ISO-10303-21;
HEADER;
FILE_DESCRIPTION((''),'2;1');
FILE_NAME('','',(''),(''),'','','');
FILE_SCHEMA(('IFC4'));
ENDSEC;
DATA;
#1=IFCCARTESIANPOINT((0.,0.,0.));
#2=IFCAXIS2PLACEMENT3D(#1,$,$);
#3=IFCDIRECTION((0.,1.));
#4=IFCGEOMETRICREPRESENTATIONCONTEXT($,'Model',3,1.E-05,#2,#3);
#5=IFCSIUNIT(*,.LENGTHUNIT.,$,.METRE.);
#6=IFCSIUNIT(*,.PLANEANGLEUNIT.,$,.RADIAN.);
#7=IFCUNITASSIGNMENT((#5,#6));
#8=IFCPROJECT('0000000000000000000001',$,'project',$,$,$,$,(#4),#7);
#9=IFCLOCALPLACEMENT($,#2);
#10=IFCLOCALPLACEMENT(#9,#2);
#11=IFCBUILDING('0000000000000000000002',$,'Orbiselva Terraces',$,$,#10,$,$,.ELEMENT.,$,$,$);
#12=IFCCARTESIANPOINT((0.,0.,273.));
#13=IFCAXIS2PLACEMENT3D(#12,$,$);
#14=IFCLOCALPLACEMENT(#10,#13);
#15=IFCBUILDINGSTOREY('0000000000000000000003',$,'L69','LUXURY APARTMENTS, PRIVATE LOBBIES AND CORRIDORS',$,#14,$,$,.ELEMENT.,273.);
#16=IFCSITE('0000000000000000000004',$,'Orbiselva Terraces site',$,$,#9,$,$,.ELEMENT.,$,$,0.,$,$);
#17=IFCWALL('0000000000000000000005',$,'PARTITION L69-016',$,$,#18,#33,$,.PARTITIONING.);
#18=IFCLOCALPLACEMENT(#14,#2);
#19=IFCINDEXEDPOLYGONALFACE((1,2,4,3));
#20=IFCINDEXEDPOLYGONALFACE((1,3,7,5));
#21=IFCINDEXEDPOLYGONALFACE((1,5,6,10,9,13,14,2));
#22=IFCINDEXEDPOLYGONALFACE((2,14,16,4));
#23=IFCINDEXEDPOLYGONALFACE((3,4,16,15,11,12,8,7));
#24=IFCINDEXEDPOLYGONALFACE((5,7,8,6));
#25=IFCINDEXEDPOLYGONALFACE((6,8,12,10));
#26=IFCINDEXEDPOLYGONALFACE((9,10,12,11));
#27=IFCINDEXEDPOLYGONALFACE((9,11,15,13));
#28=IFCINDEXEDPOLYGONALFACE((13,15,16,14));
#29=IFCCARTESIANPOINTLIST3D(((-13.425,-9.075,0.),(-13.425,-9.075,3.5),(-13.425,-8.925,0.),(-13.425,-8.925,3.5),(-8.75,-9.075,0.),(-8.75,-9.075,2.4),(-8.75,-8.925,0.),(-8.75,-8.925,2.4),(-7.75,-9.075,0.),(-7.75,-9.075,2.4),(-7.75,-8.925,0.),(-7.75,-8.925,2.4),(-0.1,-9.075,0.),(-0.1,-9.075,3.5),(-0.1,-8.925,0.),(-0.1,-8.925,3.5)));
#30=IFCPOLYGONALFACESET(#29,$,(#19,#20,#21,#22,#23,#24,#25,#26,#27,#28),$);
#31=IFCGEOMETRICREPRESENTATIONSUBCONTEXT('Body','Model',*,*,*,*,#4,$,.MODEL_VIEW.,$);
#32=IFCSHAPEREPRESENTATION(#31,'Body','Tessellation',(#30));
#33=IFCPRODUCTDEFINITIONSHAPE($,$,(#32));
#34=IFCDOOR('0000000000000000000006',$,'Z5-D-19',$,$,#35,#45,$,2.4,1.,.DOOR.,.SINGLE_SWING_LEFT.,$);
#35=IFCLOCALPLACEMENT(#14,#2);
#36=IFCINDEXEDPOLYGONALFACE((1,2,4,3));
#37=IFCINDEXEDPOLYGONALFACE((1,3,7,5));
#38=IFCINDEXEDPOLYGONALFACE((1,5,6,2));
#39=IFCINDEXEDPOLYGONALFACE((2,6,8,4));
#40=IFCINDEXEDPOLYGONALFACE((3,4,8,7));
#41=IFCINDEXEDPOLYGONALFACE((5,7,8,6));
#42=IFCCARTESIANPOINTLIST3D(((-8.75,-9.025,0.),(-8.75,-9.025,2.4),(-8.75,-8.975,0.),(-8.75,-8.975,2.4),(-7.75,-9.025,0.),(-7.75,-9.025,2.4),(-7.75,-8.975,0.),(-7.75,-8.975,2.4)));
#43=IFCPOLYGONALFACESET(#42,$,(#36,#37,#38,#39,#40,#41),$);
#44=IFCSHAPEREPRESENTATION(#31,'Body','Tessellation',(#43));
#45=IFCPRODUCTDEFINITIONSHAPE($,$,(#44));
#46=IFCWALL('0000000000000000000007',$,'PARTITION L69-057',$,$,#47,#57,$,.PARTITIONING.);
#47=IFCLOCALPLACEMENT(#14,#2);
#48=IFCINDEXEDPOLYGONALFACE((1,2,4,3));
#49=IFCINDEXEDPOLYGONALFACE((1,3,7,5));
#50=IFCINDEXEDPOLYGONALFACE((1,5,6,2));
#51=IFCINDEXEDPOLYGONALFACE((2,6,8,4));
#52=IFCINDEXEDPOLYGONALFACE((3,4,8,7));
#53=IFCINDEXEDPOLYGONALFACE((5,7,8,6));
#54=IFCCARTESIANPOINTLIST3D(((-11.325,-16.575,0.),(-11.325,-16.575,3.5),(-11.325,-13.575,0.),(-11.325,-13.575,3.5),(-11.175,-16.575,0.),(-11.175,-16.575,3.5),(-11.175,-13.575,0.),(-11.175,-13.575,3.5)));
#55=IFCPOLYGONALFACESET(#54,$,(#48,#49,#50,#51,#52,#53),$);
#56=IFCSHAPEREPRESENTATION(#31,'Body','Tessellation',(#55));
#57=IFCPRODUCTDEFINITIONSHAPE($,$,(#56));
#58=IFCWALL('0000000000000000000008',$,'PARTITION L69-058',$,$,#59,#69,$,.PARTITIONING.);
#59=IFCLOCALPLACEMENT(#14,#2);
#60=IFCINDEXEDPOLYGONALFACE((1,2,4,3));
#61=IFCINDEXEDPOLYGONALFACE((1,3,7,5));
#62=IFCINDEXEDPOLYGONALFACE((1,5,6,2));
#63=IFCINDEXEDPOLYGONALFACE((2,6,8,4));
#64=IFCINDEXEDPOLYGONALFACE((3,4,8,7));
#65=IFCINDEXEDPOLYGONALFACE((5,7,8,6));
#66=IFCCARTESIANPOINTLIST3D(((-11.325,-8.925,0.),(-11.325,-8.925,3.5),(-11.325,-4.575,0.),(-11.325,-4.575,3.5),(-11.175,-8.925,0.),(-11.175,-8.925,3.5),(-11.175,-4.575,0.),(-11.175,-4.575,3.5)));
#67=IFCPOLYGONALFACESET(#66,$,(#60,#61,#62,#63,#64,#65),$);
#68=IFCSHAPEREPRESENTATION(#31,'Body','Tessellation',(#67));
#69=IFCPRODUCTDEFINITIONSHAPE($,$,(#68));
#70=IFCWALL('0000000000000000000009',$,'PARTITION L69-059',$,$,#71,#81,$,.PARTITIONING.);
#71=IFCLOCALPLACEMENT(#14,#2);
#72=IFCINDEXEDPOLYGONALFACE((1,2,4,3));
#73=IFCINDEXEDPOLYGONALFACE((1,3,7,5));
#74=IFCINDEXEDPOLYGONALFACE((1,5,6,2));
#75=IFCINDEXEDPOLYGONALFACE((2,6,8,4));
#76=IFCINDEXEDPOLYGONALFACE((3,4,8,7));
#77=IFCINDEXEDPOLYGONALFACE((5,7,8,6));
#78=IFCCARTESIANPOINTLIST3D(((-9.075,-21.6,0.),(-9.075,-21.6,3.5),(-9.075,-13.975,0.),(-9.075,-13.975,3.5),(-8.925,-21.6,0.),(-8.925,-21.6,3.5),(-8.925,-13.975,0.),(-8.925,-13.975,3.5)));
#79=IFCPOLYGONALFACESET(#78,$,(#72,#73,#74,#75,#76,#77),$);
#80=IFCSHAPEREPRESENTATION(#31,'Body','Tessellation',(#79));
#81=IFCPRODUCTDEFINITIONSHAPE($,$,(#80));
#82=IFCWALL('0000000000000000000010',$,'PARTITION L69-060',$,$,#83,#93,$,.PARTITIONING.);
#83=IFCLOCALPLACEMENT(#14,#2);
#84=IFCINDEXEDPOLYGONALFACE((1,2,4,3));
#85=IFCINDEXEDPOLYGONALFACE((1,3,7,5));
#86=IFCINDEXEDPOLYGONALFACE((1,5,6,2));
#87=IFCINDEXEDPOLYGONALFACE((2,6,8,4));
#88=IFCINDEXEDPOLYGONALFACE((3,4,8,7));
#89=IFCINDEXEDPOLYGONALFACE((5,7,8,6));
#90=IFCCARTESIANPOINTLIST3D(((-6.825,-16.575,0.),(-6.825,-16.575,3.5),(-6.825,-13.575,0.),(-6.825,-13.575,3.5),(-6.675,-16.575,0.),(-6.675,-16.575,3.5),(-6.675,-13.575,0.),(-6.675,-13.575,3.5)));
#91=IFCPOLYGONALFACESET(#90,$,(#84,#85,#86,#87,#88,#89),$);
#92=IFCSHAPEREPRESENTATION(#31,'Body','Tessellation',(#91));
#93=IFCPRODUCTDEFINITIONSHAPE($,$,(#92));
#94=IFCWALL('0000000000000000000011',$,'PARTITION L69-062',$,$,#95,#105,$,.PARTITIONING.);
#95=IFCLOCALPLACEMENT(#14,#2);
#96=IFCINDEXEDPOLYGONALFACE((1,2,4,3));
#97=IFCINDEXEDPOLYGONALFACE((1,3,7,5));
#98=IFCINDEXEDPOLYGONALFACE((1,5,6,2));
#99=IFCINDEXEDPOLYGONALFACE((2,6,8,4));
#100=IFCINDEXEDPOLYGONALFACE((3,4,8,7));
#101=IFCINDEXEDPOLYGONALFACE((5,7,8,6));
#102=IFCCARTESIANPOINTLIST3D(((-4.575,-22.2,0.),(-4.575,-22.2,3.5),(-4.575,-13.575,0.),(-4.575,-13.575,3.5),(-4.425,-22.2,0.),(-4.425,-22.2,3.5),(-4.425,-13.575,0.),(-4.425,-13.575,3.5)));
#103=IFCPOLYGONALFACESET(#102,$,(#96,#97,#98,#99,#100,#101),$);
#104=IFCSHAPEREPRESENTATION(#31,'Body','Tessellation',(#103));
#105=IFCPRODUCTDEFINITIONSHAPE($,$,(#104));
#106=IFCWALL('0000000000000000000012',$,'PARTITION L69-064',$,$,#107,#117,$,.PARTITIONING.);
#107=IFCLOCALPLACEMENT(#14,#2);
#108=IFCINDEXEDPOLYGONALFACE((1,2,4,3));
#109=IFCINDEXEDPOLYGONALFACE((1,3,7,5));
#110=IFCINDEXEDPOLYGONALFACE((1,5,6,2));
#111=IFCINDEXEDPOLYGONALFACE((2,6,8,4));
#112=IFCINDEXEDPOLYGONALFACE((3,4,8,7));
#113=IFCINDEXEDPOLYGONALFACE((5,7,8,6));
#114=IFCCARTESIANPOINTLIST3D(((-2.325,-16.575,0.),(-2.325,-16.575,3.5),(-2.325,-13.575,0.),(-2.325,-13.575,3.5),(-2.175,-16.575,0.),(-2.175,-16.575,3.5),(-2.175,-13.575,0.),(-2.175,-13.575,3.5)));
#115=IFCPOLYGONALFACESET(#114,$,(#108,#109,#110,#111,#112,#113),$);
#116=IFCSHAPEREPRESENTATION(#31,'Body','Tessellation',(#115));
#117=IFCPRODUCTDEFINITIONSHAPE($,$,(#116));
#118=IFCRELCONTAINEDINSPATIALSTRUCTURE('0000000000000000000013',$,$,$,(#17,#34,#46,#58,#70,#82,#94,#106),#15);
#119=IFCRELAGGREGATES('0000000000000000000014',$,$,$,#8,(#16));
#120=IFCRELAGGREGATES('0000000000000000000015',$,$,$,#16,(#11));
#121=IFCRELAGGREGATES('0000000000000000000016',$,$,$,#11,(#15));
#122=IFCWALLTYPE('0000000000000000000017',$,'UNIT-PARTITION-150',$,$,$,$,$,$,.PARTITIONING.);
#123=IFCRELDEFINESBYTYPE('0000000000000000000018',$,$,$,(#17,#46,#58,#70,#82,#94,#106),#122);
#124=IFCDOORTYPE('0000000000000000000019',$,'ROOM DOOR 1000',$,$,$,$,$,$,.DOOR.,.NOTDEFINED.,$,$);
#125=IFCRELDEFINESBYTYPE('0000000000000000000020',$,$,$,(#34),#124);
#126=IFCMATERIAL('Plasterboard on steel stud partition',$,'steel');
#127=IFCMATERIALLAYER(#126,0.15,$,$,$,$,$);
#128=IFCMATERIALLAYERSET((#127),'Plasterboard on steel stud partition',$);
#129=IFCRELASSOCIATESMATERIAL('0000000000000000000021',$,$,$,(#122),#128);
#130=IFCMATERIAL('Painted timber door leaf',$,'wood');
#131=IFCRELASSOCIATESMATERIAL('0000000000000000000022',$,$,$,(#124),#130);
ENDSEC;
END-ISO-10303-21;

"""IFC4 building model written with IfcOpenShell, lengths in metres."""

from ifc_helpers import new_model, si_unit, direction, frame, frame_2d, origin, place, context, subcontext, project, spatial, rectangle, extrude, material, layer, layer_set, type_object, element, fill, save


model = new_model("IFC4")

# Units and contexts
model_context = context("Model", 3, precision=1e-05, world=origin(), true_north=direction((0.0, 1.0)))
body_context = subcontext(model_context, "Body", "Model", "MODEL_VIEW")
ifc_project = project(units=[si_unit("LENGTHUNIT", "METRE"), si_unit("PLANEANGLEUNIT", "RADIAN")], contexts=[model_context])

# Site, building, storey
site_placement = place(None, origin())
site = spatial("IfcSite", under=ifc_project, at=site_placement, Name="Orbiselva Terraces site", CompositionType="ELEMENT", RefElevation=0.0)
building_placement = place(site_placement, origin())
building = spatial("IfcBuilding", under=site, at=building_placement, Name="Orbiselva Terraces", CompositionType="ELEMENT")
storey_placement = place(building_placement, frame((0.0, 0.0, 273.0)))
storey = spatial("IfcBuildingStorey", under=building, at=storey_placement, Name="L69", Description="LUXURY APARTMENTS, PRIVATE LOBBIES AND CORRIDORS", CompositionType="ELEMENT", Elevation=273.0)

# Shared definitions
ifc_material_1 = material(Name="Plasterboard on steel stud partition", Category="steel")
ifc_layer_1 = layer(ifc_material_1, 0.15)
ifc_layer_set_1 = layer_set([ifc_layer_1], Name="Plasterboard on steel stud partition")
wall_type_1 = type_object("IfcWallType", Name="UNIT-PARTITION-150", PredefinedType="PARTITIONING", material=ifc_layer_set_1)
ifc_material_2 = material(Name="Painted timber door leaf", Category="wood")

# Shared definitions
door_type_1 = type_object("IfcDoorType", Name="ROOM DOOR 1000", OperationType="NOTDEFINED", PredefinedType="DOOR", material=ifc_material_2)

# Wall, opening, door
wall_1_placement = place(storey_placement, frame((-13.425, -9.0, 0.0), z_axis=(0.0, 0.0, 1.0), x_axis=(1.0, 0.0, 0.0)))
wall_1 = element("IfcWall", 1, at=wall_1_placement, inside=storey, type_object=wall_type_1, Name="PARTITION L69-016", PredefinedType="PARTITIONING", context=body_context, shape_type="SweptSolid", body=[
    extrude(rectangle(XDim=13.325, YDim=0.15, at=frame_2d((6.6625, 0.0))), origin(), (0.0, 0.0, 1.0), 3.5),
])
opening_1_placement = place(wall_1_placement, frame((4.675, 0.0, 0.0)))
opening_1 = element("IfcOpeningElement", 2, at=opening_1_placement, cuts=wall_1, PredefinedType="OPENING", context=body_context, shape_type="SweptSolid", body=[
    extrude(rectangle(XDim=1.0, YDim=2.4, at=frame_2d((0.5, 1.2))), frame((0.0, 0.085, 0.0), z_axis=(0.0, -1.0, 0.0), x_axis=(1.0, 0.0, 0.0)), (0.0, 0.0, 1.0), 0.17),
])
door_1_placement = place(opening_1_placement, origin())
door_1 = element("IfcDoor", 3, at=door_1_placement, inside=storey, type_object=door_type_1, Name="Z5-D-19", OperationType="SINGLE_SWING_LEFT", OverallHeight=2.4, OverallWidth=1.0, PredefinedType="DOOR", context=body_context, shape_type="SweptSolid", body=[
    extrude(rectangle(XDim=1.0, YDim=2.4, at=frame_2d((0.5, 1.2))), frame((0.0, 0.025, 0.0), z_axis=(0.0, -1.0, 0.0), x_axis=(1.0, 0.0, 0.0)), (0.0, 0.0, 1.0), 0.05),
])
fill(opening_1, door_1)

# Walls
wall_2_placement = place(storey_placement, frame((-11.25, -16.575, 0.0), z_axis=(0.0, 0.0, 1.0), x_axis=(0.0, 1.0, 0.0)))
element("IfcWall", 4, at=wall_2_placement, inside=storey, type_object=wall_type_1, Name="PARTITION L69-057", PredefinedType="PARTITIONING", context=body_context, shape_type="SweptSolid", body=[
    extrude(rectangle(XDim=3.0, YDim=0.15, at=frame_2d((1.5, 0.0))), origin(), (0.0, 0.0, 1.0), 3.5),
])
wall_3_placement = place(storey_placement, frame((-11.25, -8.925, 0.0), z_axis=(0.0, 0.0, 1.0), x_axis=(0.0, 1.0, 0.0)))
element("IfcWall", 5, at=wall_3_placement, inside=storey, type_object=wall_type_1, Name="PARTITION L69-058", PredefinedType="PARTITIONING", context=body_context, shape_type="SweptSolid", body=[
    extrude(rectangle(XDim=4.35, YDim=0.15, at=frame_2d((2.175, 0.0))), origin(), (0.0, 0.0, 1.0), 3.5),
])
wall_4_placement = place(storey_placement, frame((-9.0, -21.6, 0.0), z_axis=(0.0, 0.0, 1.0), x_axis=(0.0, 1.0, 0.0)))
element("IfcWall", 6, at=wall_4_placement, inside=storey, type_object=wall_type_1, Name="PARTITION L69-059", PredefinedType="PARTITIONING", context=body_context, shape_type="SweptSolid", body=[
    extrude(rectangle(XDim=7.625, YDim=0.15, at=frame_2d((3.8125, 0.0))), origin(), (0.0, 0.0, 1.0), 3.5),
])
wall_5_placement = place(storey_placement, frame((-6.75, -16.575, 0.0), z_axis=(0.0, 0.0, 1.0), x_axis=(0.0, 1.0, 0.0)))
element("IfcWall", 7, at=wall_5_placement, inside=storey, type_object=wall_type_1, Name="PARTITION L69-060", PredefinedType="PARTITIONING", context=body_context, shape_type="SweptSolid", body=[
    extrude(rectangle(XDim=3.0, YDim=0.15, at=frame_2d((1.5, 0.0))), origin(), (0.0, 0.0, 1.0), 3.5),
])
wall_6_placement = place(storey_placement, frame((-4.5, -22.2, 0.0), z_axis=(0.0, 0.0, 1.0), x_axis=(0.0, 1.0, 0.0)))
element("IfcWall", 8, at=wall_6_placement, inside=storey, type_object=wall_type_1, Name="PARTITION L69-062", PredefinedType="PARTITIONING", context=body_context, shape_type="SweptSolid", body=[
    extrude(rectangle(XDim=8.625, YDim=0.15, at=frame_2d((4.3125, 0.0))), origin(), (0.0, 0.0, 1.0), 3.5),
])
wall_7_placement = place(storey_placement, frame((-2.25, -16.575, 0.0), z_axis=(0.0, 0.0, 1.0), x_axis=(0.0, 1.0, 0.0)))
element("IfcWall", 9, at=wall_7_placement, inside=storey, type_object=wall_type_1, Name="PARTITION L69-064", PredefinedType="PARTITIONING", context=body_context, shape_type="SweptSolid", body=[
    extrude(rectangle(XDim=3.0, YDim=0.15, at=frame_2d((1.5, 0.0))), origin(), (0.0, 0.0, 1.0), 3.5),
])

save(model, "model.ifc")
